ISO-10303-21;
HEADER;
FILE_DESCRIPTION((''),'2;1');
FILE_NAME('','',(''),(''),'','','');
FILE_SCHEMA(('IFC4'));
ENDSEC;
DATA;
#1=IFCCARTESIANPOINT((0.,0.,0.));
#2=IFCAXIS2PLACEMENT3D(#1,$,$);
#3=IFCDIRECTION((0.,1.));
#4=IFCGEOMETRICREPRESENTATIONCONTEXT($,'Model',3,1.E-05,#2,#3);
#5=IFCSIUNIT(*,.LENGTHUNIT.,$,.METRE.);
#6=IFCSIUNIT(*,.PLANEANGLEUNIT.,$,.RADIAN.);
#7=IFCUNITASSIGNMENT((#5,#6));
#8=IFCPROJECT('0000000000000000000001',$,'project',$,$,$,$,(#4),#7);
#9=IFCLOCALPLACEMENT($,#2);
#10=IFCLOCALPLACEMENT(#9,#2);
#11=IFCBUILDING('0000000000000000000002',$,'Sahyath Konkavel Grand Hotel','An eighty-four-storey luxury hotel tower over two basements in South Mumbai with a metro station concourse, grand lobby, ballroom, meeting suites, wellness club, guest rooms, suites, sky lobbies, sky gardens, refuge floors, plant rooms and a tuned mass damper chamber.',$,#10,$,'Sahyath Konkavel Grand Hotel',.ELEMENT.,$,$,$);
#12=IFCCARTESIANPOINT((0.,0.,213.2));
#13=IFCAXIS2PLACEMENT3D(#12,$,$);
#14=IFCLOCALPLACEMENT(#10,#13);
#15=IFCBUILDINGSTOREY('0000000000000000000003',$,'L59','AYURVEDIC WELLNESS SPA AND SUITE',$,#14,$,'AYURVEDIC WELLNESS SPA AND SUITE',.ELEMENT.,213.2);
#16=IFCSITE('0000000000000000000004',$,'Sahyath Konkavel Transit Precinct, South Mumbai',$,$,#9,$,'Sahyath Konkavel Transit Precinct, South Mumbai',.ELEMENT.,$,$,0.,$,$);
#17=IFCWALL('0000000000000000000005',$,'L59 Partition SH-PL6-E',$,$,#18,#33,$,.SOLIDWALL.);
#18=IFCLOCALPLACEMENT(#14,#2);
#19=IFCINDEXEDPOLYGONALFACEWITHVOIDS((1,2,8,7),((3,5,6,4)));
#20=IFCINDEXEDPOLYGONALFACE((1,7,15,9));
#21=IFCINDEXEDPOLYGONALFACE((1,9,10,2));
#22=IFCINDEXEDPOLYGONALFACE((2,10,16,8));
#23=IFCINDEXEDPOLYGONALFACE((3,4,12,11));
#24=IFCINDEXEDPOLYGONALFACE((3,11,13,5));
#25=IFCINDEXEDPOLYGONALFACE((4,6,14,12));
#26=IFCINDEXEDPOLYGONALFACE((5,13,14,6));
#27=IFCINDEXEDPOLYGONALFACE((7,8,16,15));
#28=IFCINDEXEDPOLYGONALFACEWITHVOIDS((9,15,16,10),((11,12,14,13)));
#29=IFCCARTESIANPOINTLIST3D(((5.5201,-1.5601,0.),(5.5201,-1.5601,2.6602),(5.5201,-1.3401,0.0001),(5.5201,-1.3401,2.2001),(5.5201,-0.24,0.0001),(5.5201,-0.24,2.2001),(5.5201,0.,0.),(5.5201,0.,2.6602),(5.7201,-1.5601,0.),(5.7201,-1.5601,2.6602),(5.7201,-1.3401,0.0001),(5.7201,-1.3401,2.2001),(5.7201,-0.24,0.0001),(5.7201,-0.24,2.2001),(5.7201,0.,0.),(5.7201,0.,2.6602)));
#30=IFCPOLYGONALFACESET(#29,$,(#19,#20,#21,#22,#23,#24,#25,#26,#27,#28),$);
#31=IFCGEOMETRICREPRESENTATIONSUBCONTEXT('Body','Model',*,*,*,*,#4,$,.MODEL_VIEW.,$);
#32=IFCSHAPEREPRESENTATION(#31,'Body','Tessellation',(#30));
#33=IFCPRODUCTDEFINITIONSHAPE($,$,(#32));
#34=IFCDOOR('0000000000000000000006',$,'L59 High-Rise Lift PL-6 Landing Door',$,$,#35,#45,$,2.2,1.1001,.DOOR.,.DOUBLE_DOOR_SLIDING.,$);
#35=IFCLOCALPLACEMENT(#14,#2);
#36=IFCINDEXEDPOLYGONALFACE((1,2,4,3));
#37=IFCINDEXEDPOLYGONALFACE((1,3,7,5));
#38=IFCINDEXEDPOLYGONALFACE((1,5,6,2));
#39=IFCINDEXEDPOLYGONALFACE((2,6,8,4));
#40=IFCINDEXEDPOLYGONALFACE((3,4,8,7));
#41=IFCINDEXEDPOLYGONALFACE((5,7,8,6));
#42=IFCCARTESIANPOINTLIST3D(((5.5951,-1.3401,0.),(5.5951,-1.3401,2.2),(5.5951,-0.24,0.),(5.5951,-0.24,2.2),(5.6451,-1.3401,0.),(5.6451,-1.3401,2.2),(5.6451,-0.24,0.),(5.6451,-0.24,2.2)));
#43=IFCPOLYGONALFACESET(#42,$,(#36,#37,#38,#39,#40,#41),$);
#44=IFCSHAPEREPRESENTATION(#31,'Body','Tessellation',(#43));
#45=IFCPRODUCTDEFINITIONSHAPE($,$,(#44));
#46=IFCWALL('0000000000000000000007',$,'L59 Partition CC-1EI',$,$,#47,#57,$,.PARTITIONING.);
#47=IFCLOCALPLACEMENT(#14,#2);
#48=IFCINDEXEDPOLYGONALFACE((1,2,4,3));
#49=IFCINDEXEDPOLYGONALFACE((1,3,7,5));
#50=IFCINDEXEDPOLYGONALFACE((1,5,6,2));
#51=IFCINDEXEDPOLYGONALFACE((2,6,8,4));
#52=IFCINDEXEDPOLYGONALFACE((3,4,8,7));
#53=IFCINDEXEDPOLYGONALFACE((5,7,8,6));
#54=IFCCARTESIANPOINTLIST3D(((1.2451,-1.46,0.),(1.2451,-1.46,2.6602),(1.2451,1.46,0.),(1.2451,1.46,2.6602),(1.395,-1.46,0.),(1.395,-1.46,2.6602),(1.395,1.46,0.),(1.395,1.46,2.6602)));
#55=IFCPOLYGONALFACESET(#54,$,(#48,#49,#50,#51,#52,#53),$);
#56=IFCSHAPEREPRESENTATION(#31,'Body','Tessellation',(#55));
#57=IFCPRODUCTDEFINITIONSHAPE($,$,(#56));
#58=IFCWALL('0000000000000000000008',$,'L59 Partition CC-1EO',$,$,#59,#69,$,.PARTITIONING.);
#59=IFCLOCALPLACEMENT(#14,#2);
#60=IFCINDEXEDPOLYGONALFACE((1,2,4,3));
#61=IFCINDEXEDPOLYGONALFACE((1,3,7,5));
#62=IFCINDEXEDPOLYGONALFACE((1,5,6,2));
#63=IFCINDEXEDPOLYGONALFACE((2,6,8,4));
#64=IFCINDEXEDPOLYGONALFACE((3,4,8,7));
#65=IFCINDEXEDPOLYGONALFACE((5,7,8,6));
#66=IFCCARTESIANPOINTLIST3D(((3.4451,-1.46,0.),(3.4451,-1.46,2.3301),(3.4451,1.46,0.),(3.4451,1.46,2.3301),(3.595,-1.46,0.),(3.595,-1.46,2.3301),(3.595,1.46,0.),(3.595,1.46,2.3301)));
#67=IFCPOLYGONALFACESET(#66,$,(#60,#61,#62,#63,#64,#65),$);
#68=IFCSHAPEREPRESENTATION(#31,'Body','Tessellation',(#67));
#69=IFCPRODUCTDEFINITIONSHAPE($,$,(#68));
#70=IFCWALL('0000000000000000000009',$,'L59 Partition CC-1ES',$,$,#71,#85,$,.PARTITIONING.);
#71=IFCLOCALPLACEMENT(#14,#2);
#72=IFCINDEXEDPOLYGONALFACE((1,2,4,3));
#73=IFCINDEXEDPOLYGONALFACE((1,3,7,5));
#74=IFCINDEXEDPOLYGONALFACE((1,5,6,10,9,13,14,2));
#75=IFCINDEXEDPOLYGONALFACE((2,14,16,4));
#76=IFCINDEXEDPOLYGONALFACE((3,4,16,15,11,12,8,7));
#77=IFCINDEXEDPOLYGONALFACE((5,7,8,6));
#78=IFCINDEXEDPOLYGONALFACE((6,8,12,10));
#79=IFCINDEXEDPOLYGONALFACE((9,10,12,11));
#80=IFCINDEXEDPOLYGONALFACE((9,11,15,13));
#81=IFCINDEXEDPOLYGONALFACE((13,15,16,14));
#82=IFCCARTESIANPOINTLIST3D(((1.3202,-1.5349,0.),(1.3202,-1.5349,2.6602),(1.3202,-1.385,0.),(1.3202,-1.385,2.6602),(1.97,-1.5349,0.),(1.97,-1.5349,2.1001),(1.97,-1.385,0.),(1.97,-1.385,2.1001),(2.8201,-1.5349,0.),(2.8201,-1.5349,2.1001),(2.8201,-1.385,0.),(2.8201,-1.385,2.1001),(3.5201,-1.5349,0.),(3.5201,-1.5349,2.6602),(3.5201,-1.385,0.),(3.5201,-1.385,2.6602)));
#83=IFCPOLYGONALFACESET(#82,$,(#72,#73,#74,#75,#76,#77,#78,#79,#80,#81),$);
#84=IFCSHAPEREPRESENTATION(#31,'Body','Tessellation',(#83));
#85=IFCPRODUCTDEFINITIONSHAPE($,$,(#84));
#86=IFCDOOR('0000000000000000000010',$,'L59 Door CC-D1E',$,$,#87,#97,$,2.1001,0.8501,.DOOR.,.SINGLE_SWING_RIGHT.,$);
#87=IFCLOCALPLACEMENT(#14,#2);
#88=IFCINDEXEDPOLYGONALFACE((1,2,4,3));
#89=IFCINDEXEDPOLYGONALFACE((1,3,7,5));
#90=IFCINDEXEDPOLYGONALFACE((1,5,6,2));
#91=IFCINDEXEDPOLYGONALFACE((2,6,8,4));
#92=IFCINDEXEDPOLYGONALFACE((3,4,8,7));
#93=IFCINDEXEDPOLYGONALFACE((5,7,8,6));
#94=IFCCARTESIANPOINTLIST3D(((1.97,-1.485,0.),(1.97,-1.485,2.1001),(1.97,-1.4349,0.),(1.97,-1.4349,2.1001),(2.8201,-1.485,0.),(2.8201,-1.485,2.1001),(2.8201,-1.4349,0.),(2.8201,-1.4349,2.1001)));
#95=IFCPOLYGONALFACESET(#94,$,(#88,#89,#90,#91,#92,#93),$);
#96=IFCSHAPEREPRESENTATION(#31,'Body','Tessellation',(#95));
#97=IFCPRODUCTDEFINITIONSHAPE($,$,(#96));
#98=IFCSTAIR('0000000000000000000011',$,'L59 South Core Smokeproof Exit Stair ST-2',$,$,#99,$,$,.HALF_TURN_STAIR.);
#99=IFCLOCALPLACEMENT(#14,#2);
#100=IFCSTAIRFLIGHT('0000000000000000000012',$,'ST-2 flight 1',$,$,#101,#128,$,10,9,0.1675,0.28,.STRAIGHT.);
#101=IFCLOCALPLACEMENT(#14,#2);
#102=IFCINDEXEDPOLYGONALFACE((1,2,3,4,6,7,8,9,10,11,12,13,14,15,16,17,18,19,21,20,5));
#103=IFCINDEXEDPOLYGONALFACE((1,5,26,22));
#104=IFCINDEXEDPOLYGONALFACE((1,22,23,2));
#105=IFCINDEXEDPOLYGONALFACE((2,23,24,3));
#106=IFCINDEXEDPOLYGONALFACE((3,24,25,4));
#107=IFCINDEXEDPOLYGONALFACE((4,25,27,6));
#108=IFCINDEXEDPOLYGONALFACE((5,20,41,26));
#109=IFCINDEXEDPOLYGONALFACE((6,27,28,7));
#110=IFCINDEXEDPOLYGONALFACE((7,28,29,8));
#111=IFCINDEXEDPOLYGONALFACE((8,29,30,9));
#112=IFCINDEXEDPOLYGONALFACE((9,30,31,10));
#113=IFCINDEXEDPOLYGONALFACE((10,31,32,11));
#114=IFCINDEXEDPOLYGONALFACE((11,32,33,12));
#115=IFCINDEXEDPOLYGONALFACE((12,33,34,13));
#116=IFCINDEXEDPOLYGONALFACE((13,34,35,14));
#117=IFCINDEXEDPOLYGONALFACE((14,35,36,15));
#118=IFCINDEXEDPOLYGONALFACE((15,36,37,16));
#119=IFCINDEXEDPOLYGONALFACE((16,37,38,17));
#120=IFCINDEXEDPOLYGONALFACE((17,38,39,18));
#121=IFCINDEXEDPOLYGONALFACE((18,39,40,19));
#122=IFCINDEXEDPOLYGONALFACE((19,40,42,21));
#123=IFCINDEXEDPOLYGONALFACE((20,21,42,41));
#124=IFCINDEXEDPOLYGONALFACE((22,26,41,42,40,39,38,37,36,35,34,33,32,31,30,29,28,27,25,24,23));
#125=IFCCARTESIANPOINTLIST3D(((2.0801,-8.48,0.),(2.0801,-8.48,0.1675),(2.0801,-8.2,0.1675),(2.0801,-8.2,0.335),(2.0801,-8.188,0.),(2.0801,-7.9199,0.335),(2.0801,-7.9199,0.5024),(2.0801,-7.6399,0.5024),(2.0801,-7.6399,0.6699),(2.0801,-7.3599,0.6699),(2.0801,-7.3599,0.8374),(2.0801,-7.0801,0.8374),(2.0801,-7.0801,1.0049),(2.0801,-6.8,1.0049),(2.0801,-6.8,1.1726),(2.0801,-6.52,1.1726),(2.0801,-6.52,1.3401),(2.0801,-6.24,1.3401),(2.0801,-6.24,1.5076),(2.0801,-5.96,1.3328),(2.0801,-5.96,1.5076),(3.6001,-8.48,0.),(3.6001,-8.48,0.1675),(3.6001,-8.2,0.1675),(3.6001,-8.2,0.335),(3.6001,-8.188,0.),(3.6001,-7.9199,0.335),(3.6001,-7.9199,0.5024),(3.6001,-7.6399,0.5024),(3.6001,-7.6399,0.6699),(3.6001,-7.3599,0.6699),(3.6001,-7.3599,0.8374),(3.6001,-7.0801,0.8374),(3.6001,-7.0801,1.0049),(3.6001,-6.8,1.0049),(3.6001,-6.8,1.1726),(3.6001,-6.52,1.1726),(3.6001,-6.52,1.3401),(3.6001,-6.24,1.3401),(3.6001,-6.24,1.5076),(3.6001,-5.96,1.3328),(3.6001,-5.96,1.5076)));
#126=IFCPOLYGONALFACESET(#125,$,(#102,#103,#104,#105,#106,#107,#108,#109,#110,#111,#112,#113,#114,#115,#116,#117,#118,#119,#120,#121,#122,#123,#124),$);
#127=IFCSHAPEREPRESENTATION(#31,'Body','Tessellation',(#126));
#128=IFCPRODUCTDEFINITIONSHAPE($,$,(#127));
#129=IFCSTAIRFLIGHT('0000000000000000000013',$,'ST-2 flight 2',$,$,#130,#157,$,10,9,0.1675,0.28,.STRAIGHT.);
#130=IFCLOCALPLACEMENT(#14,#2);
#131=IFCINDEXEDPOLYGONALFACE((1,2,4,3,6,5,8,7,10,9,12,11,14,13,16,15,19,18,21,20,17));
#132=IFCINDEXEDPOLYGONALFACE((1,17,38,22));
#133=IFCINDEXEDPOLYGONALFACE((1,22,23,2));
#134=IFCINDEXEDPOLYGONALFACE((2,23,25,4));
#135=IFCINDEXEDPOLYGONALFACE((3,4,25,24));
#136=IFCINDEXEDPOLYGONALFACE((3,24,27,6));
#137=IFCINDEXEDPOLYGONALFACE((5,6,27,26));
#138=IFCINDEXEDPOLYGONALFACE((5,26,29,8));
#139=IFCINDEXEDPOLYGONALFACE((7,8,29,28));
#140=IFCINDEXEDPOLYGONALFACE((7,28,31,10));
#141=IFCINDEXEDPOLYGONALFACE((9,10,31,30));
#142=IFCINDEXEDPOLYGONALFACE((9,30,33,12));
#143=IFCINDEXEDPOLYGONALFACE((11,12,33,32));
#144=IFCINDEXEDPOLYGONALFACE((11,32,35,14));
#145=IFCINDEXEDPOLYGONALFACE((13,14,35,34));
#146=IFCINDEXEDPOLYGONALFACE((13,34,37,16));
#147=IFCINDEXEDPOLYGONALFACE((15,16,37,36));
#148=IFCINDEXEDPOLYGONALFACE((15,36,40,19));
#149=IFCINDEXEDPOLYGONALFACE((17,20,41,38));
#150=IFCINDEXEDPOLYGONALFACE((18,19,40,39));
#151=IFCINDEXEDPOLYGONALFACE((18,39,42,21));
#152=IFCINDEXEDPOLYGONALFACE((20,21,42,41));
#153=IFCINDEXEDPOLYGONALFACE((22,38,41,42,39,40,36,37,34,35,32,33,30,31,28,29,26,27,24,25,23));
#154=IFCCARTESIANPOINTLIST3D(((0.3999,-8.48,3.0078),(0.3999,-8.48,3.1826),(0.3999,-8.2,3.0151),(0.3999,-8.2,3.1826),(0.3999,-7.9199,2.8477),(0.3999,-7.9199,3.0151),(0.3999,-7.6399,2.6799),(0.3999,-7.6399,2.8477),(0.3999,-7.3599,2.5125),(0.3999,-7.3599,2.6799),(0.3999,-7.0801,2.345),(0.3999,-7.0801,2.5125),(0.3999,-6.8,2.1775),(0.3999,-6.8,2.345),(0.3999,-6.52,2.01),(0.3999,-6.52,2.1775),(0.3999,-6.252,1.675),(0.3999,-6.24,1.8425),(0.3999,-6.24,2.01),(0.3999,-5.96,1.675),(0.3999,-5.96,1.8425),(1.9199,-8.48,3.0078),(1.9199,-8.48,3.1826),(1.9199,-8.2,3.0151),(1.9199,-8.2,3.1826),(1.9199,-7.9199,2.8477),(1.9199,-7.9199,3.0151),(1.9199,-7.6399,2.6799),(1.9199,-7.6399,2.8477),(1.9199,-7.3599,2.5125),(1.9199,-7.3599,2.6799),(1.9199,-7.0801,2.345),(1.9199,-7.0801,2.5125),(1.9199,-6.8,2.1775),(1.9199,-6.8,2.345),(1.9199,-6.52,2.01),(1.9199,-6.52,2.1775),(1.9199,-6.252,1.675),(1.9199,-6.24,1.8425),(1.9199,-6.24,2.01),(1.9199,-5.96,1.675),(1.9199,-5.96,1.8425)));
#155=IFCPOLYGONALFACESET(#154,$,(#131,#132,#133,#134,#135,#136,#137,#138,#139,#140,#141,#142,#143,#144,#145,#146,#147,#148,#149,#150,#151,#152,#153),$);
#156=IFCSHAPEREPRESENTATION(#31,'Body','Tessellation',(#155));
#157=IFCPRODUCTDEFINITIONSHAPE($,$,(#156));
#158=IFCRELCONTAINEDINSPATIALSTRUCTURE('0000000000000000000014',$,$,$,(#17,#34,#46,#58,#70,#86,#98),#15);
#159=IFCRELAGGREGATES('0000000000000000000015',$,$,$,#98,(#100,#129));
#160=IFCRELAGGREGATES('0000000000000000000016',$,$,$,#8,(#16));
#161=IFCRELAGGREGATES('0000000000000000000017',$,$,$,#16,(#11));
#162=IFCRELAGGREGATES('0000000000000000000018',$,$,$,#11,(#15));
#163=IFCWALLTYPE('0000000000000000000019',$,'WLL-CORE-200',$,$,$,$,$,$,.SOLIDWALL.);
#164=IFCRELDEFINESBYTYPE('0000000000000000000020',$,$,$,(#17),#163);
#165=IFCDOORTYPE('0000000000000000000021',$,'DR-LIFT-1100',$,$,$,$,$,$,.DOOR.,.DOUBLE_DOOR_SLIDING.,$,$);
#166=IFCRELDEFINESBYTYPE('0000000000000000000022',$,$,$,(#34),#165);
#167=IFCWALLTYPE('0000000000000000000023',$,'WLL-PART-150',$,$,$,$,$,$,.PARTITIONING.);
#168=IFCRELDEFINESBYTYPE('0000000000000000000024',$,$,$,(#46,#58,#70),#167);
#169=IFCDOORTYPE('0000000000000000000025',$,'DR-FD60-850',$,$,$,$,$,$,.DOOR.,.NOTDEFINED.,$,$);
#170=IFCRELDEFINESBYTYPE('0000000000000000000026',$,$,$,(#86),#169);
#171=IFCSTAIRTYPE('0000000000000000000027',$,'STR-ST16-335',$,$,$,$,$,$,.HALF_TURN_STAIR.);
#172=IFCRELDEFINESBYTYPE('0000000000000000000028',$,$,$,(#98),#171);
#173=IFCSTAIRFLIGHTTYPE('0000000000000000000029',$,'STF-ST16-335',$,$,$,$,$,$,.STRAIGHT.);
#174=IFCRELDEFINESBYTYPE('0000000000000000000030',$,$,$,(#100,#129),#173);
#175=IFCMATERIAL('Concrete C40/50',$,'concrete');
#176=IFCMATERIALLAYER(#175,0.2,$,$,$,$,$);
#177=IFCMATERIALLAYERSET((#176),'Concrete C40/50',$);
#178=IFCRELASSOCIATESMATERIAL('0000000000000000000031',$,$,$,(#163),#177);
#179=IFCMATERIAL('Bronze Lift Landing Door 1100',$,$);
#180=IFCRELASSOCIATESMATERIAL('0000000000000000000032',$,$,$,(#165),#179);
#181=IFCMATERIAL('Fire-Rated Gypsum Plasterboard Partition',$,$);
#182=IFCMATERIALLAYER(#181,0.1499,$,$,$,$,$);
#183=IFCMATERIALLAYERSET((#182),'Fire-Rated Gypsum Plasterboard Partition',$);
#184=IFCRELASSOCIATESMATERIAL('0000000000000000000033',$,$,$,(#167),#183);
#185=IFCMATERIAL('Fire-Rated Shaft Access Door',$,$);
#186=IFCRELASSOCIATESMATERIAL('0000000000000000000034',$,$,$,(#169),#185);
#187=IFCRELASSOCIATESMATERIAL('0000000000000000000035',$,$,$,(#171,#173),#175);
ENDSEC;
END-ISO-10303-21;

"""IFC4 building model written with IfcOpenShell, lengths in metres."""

from ifc_helpers import new_model, si_unit, direction, frame, frame_2d, origin, origin_2d, place, context, subcontext, project, spatial, polyline, rectangle, outline, extrude, source, transform, mapped, material, layer, layer_set, type_object, element, fill, aggregate, save


model = new_model("IFC4")

# Units and contexts
model_context = context("Model", 3, precision=1e-05, world=origin(), true_north=direction((0.0, 1.0)))
body_context = subcontext(model_context, "Body", "Model", "MODEL_VIEW")
ifc_project = project(units=[si_unit("LENGTHUNIT", "METRE"), si_unit("PLANEANGLEUNIT", "RADIAN")], contexts=[model_context])

# Site, building, storey
site_placement = place(None, origin())
site = spatial("IfcSite", under=ifc_project, at=site_placement, Name="Sahyath Konkavel Transit Precinct, South Mumbai", LongName="Sahyath Konkavel Transit Precinct, South Mumbai", CompositionType="ELEMENT", RefElevation=0.0)
building_placement = place(site_placement, origin())
building = spatial("IfcBuilding", under=site, at=building_placement, Name="Sahyath Konkavel Grand Hotel", Description="An eighty-four-storey luxury hotel tower over two basements in South Mumbai with a metro station concourse, grand lobby, ballroom, meeting suites, wellness club, guest rooms, suites, sky lobbies, sky gardens, refuge floors, plant rooms and a tuned mass damper chamber.", LongName="Sahyath Konkavel Grand Hotel", CompositionType="ELEMENT")
storey_placement = place(building_placement, frame((0.0, 0.0, 213.2)))
storey = spatial("IfcBuildingStorey", under=building, at=storey_placement, Name="L59", Description="AYURVEDIC WELLNESS SPA AND SUITE", LongName="AYURVEDIC WELLNESS SPA AND SUITE", CompositionType="ELEMENT", Elevation=213.2)

# Shared definitions
ifc_material_1 = material(Name="Concrete C40/50", Category="concrete")

# Shared definitions
ifc_layer_1 = layer(ifc_material_1, 0.2)
ifc_layer_set_1 = layer_set([ifc_layer_1], Name="Concrete C40/50")
wall_type_1 = type_object("IfcWallType", Name="WLL-CORE-200", PredefinedType="SOLIDWALL", material=ifc_layer_set_1)

# Wall, opening, door
wall_1_placement = place(storey_placement, frame((5.6201, -1.5601, 0.0), z_axis=(0.0, 0.0, 1.0), x_axis=(0.0, 1.0, 0.0)))
wall_1 = element("IfcWall", 1, at=wall_1_placement, inside=storey, type_object=wall_type_1, Name="L59 Partition SH-PL6-E", PredefinedType="SOLIDWALL", context=body_context, shape_type="SweptSolid", body=[
    extrude(rectangle(XDim=1.5601, YDim=0.2, at=frame_2d((0.78, 0.0))), origin(), (0.0, 0.0, 1.0), 2.6602),
])
opening_1_placement = place(wall_1_placement, frame((0.22, 0.0, 0.0)))
opening_1 = element("IfcOpeningElement", 2, at=opening_1_placement, cuts=wall_1, PredefinedType="OPENING", context=body_context, shape_type="SweptSolid", body=[
    extrude(rectangle(XDim=1.1001, YDim=2.2, at=frame_2d((0.55, 1.1001))), frame((0.0, 0.1099, 0.0), z_axis=(0.0, -1.0, 0.0), x_axis=(1.0, 0.0, 0.0)), (0.0, 0.0, 1.0), 0.22),
])
ifc_material_2 = material(Name="Bronze Lift Landing Door 1100")
door_type_1 = type_object("IfcDoorType", Name="DR-LIFT-1100", OperationType="DOUBLE_DOOR_SLIDING", PredefinedType="DOOR", material=ifc_material_2)
shared_shape_1 = source(origin(), body_context, "Body", "SweptSolid", [
    extrude(rectangle(XDim=1.1001, YDim=0.05, at=origin_2d()), origin(), (0.0, 0.0, 1.0), 2.2),
])
door_1_placement = place(opening_1_placement, frame((0.55, 0.0, 0.0)))
door_1 = element("IfcDoor", 3, at=door_1_placement, inside=storey, type_object=door_type_1, Name="L59 High-Rise Lift PL-6 Landing Door", OperationType="DOUBLE_DOOR_SLIDING", OverallHeight=2.2, OverallWidth=1.1001, PredefinedType="DOOR", context=body_context, shape_type="MappedRepresentation", body=[
    mapped(shared_shape_1, transform((0.0, 0.0, 0.0), scale=1.0)),
])
fill(opening_1, door_1)

# Walls
ifc_material_3 = material(Name="Fire-Rated Gypsum Plasterboard Partition")
ifc_layer_2 = layer(ifc_material_3, 0.1499)
ifc_layer_set_2 = layer_set([ifc_layer_2], Name="Fire-Rated Gypsum Plasterboard Partition")
wall_type_2 = type_object("IfcWallType", Name="WLL-PART-150", PredefinedType="PARTITIONING", material=ifc_layer_set_2)
wall_2_placement = place(storey_placement, frame((1.3201, -1.46, 0.0), z_axis=(0.0, 0.0, 1.0), x_axis=(0.0, 1.0, 0.0)))
element("IfcWall", 4, at=wall_2_placement, inside=storey, type_object=wall_type_2, Name="L59 Partition CC-1EI", PredefinedType="PARTITIONING", context=body_context, shape_type="SweptSolid", body=[
    extrude(rectangle(XDim=2.9199, YDim=0.1499, at=frame_2d((1.46, 0.0))), origin(), (0.0, 0.0, 1.0), 2.6602),
])
wall_3_placement = place(storey_placement, frame((3.52, -1.46, 0.0), z_axis=(0.0, 0.0, 1.0), x_axis=(0.0, 1.0, 0.0)))
element("IfcWall", 5, at=wall_3_placement, inside=storey, type_object=wall_type_2, Name="L59 Partition CC-1EO", PredefinedType="PARTITIONING", context=body_context, shape_type="SweptSolid", body=[
    extrude(rectangle(XDim=2.9199, YDim=0.1499, at=frame_2d((1.46, 0.0))), origin(), (0.0, 0.0, 1.0), 2.3301),
])

# Wall, opening, door
wall_4_placement = place(storey_placement, frame((1.3201, -1.46, 0.0), z_axis=(0.0, 0.0, 1.0), x_axis=(1.0, 0.0, 0.0)))
wall_4 = element("IfcWall", 6, at=wall_4_placement, inside=storey, type_object=wall_type_2, Name="L59 Partition CC-1ES", PredefinedType="PARTITIONING", context=body_context, shape_type="SweptSolid", body=[
    extrude(rectangle(XDim=2.2, YDim=0.1499, at=frame_2d((1.1001, 0.0))), origin(), (0.0, 0.0, 1.0), 2.6602),
])
opening_2_placement = place(wall_4_placement, frame((0.6499, 0.0, 0.0)))
opening_2 = element("IfcOpeningElement", 7, at=opening_2_placement, cuts=wall_4, PredefinedType="OPENING", context=body_context, shape_type="SweptSolid", body=[
    extrude(rectangle(XDim=0.8501, YDim=2.1001, at=frame_2d((0.425, 1.05))), frame((0.0, 0.085, 0.0), z_axis=(0.0, -1.0, 0.0), x_axis=(1.0, 0.0, 0.0)), (0.0, 0.0, 1.0), 0.1699),
])
ifc_material_4 = material(Name="Fire-Rated Shaft Access Door")
door_type_2 = type_object("IfcDoorType", Name="DR-FD60-850", OperationType="NOTDEFINED", PredefinedType="DOOR", material=ifc_material_4)
shared_shape_2 = source(origin(), body_context, "Body", "SweptSolid", [
    extrude(rectangle(XDim=0.8501, YDim=0.05, at=origin_2d()), origin(), (0.0, 0.0, 1.0), 2.1001),
])
door_2_placement = place(opening_2_placement, frame((0.425, 0.0, 0.0)))
door_2 = element("IfcDoor", 8, at=door_2_placement, inside=storey, type_object=door_type_2, Name="L59 Door CC-D1E", OperationType="SINGLE_SWING_RIGHT", OverallHeight=2.1001, OverallWidth=0.8501, PredefinedType="DOOR", context=body_context, shape_type="MappedRepresentation", body=[
    mapped(shared_shape_2, transform((0.0, 0.0, 0.0), scale=1.0)),
])
fill(opening_2, door_2)

# Stair, stair flights
stair_type = type_object("IfcStairType", Name="STR-ST16-335", PredefinedType="HALF_TURN_STAIR", material=ifc_material_1)
stair_placement = place(storey_placement, origin())
stair = element("IfcStair", 9, at=stair_placement, inside=storey, type_object=stair_type, Name="L59 South Core Smokeproof Exit Stair ST-2", PredefinedType="HALF_TURN_STAIR")
stair_flight_type = type_object("IfcStairFlightType", Name="STF-ST16-335", PredefinedType="STRAIGHT", material=ifc_material_1)
stair_flight_1_placement = place(storey_placement, frame((2.8401, -8.48, 0.0), z_axis=(0.0, 0.0, 1.0), x_axis=(0.0, 1.0, 0.0)))
stair_flight_1 = element("IfcStairFlight", 10, at=stair_flight_1_placement, type_object=stair_flight_type, Name="ST-2 flight 1", NumberOfRisers=10, NumberOfTreads=9, PredefinedType="STRAIGHT", RiserHeight=0.1675, TreadLength=0.28, context=body_context, shape_type="SweptSolid", body=[
    extrude(outline(polyline([(0.0, 0.0), (0.0, 0.1675), (0.28, 0.1675), (0.28, 0.335), (0.5601, 0.335), (0.5601, 0.5024), (0.8401, 0.5024), (0.8401, 0.6699), (1.1201, 0.6699), (1.1201, 0.8374), (1.3999, 0.8374), (1.3999, 1.0049), (1.6799, 1.0049), (1.6799, 1.1726), (1.96, 1.1726), (1.96, 1.3401), (2.24, 1.3401), (2.24, 1.5076), (2.52, 1.5076), (2.52, 1.675), (2.52, 1.3328), (0.292, 0.0), (0.0, 0.0)])), frame((0.0, 0.76, 0.0), z_axis=(0.0, -1.0, 0.0), x_axis=(1.0, 0.0, 0.0)), (0.0, 0.0, 1.0), 1.52),
])
stair_flight_2_placement = place(storey_placement, frame((1.1599, -5.96, 1.675), z_axis=(0.0, 0.0, 1.0), x_axis=(0.0, -1.0, 0.0)))
stair_flight_2 = element("IfcStairFlight", 11, at=stair_flight_2_placement, type_object=stair_flight_type, Name="ST-2 flight 2", NumberOfRisers=10, NumberOfTreads=9, PredefinedType="STRAIGHT", RiserHeight=0.1675, TreadLength=0.28, context=body_context, shape_type="SweptSolid", body=[
    extrude(outline(polyline([(0.0, 0.0), (0.0, 0.1675), (0.28, 0.1675), (0.28, 0.335), (0.5601, 0.335), (0.5601, 0.5024), (0.8401, 0.5024), (0.8401, 0.6699), (1.1201, 0.6699), (1.1201, 0.8374), (1.3999, 0.8374), (1.3999, 1.0049), (1.6799, 1.0049), (1.6799, 1.1726), (1.96, 1.1726), (1.96, 1.3401), (2.24, 1.3401), (2.24, 1.5076), (2.52, 1.5076), (2.52, 1.675), (2.52, 1.3328), (0.292, 0.0), (0.0, 0.0)])), frame((0.0, 0.76, 0.0), z_axis=(0.0, -1.0, 0.0), x_axis=(1.0, 0.0, 0.0)), (0.0, 0.0, 1.0), 1.52),
])
aggregate(stair, [stair_flight_1, stair_flight_2])

save(model, "model.ifc")
